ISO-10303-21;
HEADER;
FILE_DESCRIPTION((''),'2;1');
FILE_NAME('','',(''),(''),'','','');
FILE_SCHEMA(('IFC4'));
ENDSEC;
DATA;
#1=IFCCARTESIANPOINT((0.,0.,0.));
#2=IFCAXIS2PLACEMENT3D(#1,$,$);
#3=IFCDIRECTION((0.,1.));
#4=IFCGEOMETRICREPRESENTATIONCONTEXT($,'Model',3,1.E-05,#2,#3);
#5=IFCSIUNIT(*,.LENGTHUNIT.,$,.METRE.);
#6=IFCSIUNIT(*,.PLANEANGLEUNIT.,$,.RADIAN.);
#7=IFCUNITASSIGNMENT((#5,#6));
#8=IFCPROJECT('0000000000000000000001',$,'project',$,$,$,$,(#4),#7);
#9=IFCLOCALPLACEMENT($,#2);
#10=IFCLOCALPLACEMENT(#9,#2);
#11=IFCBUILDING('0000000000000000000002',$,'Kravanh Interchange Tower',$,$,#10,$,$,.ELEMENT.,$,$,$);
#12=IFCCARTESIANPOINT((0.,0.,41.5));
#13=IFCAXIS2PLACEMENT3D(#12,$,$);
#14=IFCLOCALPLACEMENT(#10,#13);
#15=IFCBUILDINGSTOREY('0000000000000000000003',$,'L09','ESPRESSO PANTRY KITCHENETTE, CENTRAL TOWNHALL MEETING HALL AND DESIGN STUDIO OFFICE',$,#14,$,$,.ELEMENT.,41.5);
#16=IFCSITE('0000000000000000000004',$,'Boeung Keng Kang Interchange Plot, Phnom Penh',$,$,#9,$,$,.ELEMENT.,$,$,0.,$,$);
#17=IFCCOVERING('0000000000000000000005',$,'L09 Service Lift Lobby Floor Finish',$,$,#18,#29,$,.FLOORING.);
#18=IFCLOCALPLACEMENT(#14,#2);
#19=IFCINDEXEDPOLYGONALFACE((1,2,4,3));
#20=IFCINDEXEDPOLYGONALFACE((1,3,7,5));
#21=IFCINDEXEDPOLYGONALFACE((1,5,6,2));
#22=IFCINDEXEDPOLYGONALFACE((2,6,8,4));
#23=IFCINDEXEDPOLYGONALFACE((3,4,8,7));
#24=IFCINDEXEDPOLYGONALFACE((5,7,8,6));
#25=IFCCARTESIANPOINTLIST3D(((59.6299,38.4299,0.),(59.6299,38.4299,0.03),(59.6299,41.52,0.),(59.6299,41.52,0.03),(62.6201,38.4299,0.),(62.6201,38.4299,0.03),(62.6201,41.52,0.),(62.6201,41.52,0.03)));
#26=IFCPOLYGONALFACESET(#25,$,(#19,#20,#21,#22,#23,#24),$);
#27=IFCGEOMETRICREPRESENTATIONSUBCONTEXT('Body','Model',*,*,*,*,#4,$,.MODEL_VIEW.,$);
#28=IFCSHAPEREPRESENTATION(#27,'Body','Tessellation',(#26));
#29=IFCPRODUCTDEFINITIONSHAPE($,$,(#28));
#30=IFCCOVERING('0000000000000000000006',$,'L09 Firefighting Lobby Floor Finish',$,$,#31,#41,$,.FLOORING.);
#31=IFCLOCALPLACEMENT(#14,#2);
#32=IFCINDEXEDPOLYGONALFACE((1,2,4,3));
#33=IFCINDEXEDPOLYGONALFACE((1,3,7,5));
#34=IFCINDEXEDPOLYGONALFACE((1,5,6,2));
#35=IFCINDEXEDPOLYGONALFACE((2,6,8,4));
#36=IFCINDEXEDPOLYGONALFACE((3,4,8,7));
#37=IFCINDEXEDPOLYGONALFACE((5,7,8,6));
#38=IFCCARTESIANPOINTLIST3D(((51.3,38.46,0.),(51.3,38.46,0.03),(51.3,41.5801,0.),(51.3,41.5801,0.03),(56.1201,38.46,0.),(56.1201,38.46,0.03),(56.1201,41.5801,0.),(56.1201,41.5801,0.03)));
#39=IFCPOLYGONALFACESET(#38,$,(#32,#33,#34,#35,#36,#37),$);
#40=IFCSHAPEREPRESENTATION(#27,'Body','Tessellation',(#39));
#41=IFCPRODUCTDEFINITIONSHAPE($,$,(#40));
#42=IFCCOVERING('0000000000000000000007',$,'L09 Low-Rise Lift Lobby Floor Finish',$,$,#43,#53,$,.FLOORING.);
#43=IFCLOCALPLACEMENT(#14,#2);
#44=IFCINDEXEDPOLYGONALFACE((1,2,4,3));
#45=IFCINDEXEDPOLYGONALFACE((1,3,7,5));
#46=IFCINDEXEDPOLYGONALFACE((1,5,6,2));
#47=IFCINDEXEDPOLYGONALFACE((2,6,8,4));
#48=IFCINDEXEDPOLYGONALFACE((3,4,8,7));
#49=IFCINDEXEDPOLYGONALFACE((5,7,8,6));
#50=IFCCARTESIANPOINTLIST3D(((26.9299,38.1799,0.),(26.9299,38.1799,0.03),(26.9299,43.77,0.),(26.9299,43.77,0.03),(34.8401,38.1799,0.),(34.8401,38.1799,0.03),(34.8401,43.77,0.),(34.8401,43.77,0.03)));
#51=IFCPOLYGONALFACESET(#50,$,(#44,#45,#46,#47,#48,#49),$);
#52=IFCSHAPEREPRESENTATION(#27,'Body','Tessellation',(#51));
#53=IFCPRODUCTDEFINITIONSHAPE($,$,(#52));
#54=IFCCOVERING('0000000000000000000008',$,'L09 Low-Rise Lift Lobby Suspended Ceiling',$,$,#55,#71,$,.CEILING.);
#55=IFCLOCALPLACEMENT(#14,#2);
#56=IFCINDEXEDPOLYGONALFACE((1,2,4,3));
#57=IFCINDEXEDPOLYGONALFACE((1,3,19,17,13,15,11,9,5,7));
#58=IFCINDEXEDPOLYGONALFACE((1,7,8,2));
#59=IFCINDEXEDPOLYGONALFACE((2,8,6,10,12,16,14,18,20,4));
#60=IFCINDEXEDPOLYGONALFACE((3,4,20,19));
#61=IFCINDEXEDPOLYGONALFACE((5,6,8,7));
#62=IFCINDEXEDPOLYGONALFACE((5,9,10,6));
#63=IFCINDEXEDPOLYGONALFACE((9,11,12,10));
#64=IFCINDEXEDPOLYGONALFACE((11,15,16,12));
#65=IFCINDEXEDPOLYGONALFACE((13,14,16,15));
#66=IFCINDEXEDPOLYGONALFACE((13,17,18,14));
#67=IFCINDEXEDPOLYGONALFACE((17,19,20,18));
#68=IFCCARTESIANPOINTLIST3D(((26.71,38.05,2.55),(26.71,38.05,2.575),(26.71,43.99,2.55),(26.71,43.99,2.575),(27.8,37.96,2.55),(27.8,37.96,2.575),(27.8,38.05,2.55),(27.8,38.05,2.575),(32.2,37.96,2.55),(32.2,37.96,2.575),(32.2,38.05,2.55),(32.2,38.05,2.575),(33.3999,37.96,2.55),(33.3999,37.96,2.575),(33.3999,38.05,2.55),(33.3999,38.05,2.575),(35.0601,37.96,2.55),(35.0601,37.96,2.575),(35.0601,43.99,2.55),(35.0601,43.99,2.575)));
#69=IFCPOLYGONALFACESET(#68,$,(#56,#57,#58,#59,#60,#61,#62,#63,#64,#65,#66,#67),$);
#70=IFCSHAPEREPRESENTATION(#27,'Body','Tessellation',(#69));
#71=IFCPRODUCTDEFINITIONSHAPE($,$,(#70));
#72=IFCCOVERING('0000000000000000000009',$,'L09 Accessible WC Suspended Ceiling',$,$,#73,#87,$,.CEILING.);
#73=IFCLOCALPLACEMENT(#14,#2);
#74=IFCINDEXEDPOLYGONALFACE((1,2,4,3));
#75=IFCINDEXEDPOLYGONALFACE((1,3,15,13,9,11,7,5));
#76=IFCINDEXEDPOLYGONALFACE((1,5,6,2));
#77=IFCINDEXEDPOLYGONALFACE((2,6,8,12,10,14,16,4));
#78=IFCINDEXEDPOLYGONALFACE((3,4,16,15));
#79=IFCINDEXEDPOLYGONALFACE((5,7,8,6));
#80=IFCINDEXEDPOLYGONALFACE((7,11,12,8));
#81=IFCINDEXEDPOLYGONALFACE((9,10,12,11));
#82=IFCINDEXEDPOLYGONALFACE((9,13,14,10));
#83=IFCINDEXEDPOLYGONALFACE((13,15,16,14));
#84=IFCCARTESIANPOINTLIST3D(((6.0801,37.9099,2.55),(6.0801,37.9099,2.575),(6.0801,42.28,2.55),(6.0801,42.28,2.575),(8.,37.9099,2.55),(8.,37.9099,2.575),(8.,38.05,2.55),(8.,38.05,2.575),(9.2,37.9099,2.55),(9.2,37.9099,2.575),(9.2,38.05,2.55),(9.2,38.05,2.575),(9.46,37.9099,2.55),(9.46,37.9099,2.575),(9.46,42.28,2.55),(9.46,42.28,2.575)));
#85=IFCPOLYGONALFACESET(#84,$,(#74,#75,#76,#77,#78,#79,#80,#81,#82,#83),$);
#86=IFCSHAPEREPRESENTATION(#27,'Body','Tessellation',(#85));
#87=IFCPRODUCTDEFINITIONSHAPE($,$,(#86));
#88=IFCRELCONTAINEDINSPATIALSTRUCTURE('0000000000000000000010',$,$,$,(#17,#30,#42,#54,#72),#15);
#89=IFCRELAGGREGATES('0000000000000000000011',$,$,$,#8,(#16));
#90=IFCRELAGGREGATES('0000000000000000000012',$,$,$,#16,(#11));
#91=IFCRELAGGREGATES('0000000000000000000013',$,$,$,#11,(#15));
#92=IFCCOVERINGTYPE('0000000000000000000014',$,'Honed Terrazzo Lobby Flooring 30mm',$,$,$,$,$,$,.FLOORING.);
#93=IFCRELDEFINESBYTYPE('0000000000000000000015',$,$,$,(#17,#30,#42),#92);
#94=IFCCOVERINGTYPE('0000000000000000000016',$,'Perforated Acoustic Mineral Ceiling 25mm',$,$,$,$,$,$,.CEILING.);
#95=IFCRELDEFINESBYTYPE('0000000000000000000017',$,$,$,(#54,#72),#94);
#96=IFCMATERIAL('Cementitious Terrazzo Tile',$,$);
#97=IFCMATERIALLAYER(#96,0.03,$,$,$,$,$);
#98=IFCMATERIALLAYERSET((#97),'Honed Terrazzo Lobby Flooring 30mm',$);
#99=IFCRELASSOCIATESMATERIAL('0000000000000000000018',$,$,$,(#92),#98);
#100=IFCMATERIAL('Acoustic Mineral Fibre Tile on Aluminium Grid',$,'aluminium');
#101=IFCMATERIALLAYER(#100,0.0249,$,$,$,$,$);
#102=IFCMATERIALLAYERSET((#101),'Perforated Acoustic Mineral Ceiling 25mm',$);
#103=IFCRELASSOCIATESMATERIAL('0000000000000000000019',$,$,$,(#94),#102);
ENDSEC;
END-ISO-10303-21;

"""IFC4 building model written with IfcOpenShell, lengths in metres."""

from ifc_helpers import new_model, si_unit, direction, frame, origin, place, context, subcontext, project, spatial, polyline, outline, extrude, material, layer, layer_set, type_object, element, save


model = new_model("IFC4")

# Units and contexts
model_context = context("Model", 3, precision=1e-05, world=origin(), true_north=direction((0.0, 1.0)))
body_context = subcontext(model_context, "Body", "Model", "MODEL_VIEW")
ifc_project = project(units=[si_unit("LENGTHUNIT", "METRE"), si_unit("PLANEANGLEUNIT", "RADIAN")], contexts=[model_context])

# Site, building, storey
site_placement = place(None, origin())
site = spatial("IfcSite", under=ifc_project, at=site_placement, Name="Boeung Keng Kang Interchange Plot, Phnom Penh", CompositionType="ELEMENT", RefElevation=0.0)
building_placement = place(site_placement, origin())
building = spatial("IfcBuilding", under=site, at=building_placement, Name="Kravanh Interchange Tower", CompositionType="ELEMENT")
storey_placement = place(building_placement, frame((0.0, 0.0, 41.5)))
storey = spatial("IfcBuildingStorey", under=building, at=storey_placement, Name="L09", Description="ESPRESSO PANTRY KITCHENETTE, CENTRAL TOWNHALL MEETING HALL AND DESIGN STUDIO OFFICE", CompositionType="ELEMENT", Elevation=41.5)

# Coverings
ifc_material_1 = material(Name="Cementitious Terrazzo Tile")
ifc_layer_1 = layer(ifc_material_1, 0.03)
ifc_layer_set_1 = layer_set([ifc_layer_1], Name="Honed Terrazzo Lobby Flooring 30mm")
covering_type_1 = type_object("IfcCoveringType", Name="Honed Terrazzo Lobby Flooring 30mm", PredefinedType="FLOORING", material=ifc_layer_set_1)
covering_1_placement = place(storey_placement, origin())
element("IfcCovering", 1, at=covering_1_placement, inside=storey, type_object=covering_type_1, Name="L09 Service Lift Lobby Floor Finish", PredefinedType="FLOORING", context=body_context, shape_type="SweptSolid", body=[
    extrude(outline(polyline([(59.6299, 41.52), (62.6201, 41.52), (62.6201, 38.4299), (59.6299, 38.4299), (59.6299, 41.52)])), origin(), (0.0, 0.0, 1.0), 0.03),
])
covering_2_placement = place(storey_placement, origin())
element("IfcCovering", 2, at=covering_2_placement, inside=storey, type_object=covering_type_1, Name="L09 Firefighting Lobby Floor Finish", PredefinedType="FLOORING", context=body_context, shape_type="SweptSolid", body=[
    extrude(outline(polyline([(56.1201, 38.46), (51.3, 38.46), (51.3, 41.5801), (56.1201, 41.5801), (56.1201, 38.46)])), origin(), (0.0, 0.0, 1.0), 0.03),
])
covering_3_placement = place(storey_placement, origin())
element("IfcCovering", 3, at=covering_3_placement, inside=storey, type_object=covering_type_1, Name="L09 Low-Rise Lift Lobby Floor Finish", PredefinedType="FLOORING", context=body_context, shape_type="SweptSolid", body=[
    extrude(outline(polyline([(26.9299, 43.77), (34.8401, 43.77), (34.8401, 38.1799), (26.9299, 38.1799), (26.9299, 43.77)])), origin(), (0.0, 0.0, 1.0), 0.03),
])
ifc_material_2 = material(Name="Acoustic Mineral Fibre Tile on Aluminium Grid", Category="aluminium")
ifc_layer_2 = layer(ifc_material_2, 0.0249)
ifc_layer_set_2 = layer_set([ifc_layer_2], Name="Perforated Acoustic Mineral Ceiling 25mm")
covering_type_2 = type_object("IfcCoveringType", Name="Perforated Acoustic Mineral Ceiling 25mm", PredefinedType="CEILING", material=ifc_layer_set_2)
covering_4_placement = place(storey_placement, frame((0.0, 0.0, 2.55)))
element("IfcCovering", 4, at=covering_4_placement, inside=storey, type_object=covering_type_2, Name="L09 Low-Rise Lift Lobby Suspended Ceiling", PredefinedType="CEILING", context=body_context, shape_type="SweptSolid", body=[
    extrude(outline(polyline([(35.0601, 37.96), (33.3999, 37.96), (33.3999, 38.05), (32.2, 38.05), (32.2, 37.96), (27.8, 37.96), (27.8, 38.05), (26.71, 38.05), (26.71, 43.99), (35.0601, 43.99), (35.0601, 37.96)])), origin(), (0.0, 0.0, 1.0), 0.0249),
])
covering_5_placement = place(storey_placement, frame((0.0, 0.0, 2.55)))
element("IfcCovering", 5, at=covering_5_placement, inside=storey, type_object=covering_type_2, Name="L09 Accessible WC Suspended Ceiling", PredefinedType="CEILING", context=body_context, shape_type="SweptSolid", body=[
    extrude(outline(polyline([(9.46, 42.28), (9.46, 37.9099), (9.2, 37.9099), (9.2, 38.05), (8.0, 38.05), (8.0, 37.9099), (6.0801, 37.9099), (6.0801, 42.28), (9.46, 42.28)])), origin(), (0.0, 0.0, 1.0), 0.0249),
])

save(model, "model.ifc")
